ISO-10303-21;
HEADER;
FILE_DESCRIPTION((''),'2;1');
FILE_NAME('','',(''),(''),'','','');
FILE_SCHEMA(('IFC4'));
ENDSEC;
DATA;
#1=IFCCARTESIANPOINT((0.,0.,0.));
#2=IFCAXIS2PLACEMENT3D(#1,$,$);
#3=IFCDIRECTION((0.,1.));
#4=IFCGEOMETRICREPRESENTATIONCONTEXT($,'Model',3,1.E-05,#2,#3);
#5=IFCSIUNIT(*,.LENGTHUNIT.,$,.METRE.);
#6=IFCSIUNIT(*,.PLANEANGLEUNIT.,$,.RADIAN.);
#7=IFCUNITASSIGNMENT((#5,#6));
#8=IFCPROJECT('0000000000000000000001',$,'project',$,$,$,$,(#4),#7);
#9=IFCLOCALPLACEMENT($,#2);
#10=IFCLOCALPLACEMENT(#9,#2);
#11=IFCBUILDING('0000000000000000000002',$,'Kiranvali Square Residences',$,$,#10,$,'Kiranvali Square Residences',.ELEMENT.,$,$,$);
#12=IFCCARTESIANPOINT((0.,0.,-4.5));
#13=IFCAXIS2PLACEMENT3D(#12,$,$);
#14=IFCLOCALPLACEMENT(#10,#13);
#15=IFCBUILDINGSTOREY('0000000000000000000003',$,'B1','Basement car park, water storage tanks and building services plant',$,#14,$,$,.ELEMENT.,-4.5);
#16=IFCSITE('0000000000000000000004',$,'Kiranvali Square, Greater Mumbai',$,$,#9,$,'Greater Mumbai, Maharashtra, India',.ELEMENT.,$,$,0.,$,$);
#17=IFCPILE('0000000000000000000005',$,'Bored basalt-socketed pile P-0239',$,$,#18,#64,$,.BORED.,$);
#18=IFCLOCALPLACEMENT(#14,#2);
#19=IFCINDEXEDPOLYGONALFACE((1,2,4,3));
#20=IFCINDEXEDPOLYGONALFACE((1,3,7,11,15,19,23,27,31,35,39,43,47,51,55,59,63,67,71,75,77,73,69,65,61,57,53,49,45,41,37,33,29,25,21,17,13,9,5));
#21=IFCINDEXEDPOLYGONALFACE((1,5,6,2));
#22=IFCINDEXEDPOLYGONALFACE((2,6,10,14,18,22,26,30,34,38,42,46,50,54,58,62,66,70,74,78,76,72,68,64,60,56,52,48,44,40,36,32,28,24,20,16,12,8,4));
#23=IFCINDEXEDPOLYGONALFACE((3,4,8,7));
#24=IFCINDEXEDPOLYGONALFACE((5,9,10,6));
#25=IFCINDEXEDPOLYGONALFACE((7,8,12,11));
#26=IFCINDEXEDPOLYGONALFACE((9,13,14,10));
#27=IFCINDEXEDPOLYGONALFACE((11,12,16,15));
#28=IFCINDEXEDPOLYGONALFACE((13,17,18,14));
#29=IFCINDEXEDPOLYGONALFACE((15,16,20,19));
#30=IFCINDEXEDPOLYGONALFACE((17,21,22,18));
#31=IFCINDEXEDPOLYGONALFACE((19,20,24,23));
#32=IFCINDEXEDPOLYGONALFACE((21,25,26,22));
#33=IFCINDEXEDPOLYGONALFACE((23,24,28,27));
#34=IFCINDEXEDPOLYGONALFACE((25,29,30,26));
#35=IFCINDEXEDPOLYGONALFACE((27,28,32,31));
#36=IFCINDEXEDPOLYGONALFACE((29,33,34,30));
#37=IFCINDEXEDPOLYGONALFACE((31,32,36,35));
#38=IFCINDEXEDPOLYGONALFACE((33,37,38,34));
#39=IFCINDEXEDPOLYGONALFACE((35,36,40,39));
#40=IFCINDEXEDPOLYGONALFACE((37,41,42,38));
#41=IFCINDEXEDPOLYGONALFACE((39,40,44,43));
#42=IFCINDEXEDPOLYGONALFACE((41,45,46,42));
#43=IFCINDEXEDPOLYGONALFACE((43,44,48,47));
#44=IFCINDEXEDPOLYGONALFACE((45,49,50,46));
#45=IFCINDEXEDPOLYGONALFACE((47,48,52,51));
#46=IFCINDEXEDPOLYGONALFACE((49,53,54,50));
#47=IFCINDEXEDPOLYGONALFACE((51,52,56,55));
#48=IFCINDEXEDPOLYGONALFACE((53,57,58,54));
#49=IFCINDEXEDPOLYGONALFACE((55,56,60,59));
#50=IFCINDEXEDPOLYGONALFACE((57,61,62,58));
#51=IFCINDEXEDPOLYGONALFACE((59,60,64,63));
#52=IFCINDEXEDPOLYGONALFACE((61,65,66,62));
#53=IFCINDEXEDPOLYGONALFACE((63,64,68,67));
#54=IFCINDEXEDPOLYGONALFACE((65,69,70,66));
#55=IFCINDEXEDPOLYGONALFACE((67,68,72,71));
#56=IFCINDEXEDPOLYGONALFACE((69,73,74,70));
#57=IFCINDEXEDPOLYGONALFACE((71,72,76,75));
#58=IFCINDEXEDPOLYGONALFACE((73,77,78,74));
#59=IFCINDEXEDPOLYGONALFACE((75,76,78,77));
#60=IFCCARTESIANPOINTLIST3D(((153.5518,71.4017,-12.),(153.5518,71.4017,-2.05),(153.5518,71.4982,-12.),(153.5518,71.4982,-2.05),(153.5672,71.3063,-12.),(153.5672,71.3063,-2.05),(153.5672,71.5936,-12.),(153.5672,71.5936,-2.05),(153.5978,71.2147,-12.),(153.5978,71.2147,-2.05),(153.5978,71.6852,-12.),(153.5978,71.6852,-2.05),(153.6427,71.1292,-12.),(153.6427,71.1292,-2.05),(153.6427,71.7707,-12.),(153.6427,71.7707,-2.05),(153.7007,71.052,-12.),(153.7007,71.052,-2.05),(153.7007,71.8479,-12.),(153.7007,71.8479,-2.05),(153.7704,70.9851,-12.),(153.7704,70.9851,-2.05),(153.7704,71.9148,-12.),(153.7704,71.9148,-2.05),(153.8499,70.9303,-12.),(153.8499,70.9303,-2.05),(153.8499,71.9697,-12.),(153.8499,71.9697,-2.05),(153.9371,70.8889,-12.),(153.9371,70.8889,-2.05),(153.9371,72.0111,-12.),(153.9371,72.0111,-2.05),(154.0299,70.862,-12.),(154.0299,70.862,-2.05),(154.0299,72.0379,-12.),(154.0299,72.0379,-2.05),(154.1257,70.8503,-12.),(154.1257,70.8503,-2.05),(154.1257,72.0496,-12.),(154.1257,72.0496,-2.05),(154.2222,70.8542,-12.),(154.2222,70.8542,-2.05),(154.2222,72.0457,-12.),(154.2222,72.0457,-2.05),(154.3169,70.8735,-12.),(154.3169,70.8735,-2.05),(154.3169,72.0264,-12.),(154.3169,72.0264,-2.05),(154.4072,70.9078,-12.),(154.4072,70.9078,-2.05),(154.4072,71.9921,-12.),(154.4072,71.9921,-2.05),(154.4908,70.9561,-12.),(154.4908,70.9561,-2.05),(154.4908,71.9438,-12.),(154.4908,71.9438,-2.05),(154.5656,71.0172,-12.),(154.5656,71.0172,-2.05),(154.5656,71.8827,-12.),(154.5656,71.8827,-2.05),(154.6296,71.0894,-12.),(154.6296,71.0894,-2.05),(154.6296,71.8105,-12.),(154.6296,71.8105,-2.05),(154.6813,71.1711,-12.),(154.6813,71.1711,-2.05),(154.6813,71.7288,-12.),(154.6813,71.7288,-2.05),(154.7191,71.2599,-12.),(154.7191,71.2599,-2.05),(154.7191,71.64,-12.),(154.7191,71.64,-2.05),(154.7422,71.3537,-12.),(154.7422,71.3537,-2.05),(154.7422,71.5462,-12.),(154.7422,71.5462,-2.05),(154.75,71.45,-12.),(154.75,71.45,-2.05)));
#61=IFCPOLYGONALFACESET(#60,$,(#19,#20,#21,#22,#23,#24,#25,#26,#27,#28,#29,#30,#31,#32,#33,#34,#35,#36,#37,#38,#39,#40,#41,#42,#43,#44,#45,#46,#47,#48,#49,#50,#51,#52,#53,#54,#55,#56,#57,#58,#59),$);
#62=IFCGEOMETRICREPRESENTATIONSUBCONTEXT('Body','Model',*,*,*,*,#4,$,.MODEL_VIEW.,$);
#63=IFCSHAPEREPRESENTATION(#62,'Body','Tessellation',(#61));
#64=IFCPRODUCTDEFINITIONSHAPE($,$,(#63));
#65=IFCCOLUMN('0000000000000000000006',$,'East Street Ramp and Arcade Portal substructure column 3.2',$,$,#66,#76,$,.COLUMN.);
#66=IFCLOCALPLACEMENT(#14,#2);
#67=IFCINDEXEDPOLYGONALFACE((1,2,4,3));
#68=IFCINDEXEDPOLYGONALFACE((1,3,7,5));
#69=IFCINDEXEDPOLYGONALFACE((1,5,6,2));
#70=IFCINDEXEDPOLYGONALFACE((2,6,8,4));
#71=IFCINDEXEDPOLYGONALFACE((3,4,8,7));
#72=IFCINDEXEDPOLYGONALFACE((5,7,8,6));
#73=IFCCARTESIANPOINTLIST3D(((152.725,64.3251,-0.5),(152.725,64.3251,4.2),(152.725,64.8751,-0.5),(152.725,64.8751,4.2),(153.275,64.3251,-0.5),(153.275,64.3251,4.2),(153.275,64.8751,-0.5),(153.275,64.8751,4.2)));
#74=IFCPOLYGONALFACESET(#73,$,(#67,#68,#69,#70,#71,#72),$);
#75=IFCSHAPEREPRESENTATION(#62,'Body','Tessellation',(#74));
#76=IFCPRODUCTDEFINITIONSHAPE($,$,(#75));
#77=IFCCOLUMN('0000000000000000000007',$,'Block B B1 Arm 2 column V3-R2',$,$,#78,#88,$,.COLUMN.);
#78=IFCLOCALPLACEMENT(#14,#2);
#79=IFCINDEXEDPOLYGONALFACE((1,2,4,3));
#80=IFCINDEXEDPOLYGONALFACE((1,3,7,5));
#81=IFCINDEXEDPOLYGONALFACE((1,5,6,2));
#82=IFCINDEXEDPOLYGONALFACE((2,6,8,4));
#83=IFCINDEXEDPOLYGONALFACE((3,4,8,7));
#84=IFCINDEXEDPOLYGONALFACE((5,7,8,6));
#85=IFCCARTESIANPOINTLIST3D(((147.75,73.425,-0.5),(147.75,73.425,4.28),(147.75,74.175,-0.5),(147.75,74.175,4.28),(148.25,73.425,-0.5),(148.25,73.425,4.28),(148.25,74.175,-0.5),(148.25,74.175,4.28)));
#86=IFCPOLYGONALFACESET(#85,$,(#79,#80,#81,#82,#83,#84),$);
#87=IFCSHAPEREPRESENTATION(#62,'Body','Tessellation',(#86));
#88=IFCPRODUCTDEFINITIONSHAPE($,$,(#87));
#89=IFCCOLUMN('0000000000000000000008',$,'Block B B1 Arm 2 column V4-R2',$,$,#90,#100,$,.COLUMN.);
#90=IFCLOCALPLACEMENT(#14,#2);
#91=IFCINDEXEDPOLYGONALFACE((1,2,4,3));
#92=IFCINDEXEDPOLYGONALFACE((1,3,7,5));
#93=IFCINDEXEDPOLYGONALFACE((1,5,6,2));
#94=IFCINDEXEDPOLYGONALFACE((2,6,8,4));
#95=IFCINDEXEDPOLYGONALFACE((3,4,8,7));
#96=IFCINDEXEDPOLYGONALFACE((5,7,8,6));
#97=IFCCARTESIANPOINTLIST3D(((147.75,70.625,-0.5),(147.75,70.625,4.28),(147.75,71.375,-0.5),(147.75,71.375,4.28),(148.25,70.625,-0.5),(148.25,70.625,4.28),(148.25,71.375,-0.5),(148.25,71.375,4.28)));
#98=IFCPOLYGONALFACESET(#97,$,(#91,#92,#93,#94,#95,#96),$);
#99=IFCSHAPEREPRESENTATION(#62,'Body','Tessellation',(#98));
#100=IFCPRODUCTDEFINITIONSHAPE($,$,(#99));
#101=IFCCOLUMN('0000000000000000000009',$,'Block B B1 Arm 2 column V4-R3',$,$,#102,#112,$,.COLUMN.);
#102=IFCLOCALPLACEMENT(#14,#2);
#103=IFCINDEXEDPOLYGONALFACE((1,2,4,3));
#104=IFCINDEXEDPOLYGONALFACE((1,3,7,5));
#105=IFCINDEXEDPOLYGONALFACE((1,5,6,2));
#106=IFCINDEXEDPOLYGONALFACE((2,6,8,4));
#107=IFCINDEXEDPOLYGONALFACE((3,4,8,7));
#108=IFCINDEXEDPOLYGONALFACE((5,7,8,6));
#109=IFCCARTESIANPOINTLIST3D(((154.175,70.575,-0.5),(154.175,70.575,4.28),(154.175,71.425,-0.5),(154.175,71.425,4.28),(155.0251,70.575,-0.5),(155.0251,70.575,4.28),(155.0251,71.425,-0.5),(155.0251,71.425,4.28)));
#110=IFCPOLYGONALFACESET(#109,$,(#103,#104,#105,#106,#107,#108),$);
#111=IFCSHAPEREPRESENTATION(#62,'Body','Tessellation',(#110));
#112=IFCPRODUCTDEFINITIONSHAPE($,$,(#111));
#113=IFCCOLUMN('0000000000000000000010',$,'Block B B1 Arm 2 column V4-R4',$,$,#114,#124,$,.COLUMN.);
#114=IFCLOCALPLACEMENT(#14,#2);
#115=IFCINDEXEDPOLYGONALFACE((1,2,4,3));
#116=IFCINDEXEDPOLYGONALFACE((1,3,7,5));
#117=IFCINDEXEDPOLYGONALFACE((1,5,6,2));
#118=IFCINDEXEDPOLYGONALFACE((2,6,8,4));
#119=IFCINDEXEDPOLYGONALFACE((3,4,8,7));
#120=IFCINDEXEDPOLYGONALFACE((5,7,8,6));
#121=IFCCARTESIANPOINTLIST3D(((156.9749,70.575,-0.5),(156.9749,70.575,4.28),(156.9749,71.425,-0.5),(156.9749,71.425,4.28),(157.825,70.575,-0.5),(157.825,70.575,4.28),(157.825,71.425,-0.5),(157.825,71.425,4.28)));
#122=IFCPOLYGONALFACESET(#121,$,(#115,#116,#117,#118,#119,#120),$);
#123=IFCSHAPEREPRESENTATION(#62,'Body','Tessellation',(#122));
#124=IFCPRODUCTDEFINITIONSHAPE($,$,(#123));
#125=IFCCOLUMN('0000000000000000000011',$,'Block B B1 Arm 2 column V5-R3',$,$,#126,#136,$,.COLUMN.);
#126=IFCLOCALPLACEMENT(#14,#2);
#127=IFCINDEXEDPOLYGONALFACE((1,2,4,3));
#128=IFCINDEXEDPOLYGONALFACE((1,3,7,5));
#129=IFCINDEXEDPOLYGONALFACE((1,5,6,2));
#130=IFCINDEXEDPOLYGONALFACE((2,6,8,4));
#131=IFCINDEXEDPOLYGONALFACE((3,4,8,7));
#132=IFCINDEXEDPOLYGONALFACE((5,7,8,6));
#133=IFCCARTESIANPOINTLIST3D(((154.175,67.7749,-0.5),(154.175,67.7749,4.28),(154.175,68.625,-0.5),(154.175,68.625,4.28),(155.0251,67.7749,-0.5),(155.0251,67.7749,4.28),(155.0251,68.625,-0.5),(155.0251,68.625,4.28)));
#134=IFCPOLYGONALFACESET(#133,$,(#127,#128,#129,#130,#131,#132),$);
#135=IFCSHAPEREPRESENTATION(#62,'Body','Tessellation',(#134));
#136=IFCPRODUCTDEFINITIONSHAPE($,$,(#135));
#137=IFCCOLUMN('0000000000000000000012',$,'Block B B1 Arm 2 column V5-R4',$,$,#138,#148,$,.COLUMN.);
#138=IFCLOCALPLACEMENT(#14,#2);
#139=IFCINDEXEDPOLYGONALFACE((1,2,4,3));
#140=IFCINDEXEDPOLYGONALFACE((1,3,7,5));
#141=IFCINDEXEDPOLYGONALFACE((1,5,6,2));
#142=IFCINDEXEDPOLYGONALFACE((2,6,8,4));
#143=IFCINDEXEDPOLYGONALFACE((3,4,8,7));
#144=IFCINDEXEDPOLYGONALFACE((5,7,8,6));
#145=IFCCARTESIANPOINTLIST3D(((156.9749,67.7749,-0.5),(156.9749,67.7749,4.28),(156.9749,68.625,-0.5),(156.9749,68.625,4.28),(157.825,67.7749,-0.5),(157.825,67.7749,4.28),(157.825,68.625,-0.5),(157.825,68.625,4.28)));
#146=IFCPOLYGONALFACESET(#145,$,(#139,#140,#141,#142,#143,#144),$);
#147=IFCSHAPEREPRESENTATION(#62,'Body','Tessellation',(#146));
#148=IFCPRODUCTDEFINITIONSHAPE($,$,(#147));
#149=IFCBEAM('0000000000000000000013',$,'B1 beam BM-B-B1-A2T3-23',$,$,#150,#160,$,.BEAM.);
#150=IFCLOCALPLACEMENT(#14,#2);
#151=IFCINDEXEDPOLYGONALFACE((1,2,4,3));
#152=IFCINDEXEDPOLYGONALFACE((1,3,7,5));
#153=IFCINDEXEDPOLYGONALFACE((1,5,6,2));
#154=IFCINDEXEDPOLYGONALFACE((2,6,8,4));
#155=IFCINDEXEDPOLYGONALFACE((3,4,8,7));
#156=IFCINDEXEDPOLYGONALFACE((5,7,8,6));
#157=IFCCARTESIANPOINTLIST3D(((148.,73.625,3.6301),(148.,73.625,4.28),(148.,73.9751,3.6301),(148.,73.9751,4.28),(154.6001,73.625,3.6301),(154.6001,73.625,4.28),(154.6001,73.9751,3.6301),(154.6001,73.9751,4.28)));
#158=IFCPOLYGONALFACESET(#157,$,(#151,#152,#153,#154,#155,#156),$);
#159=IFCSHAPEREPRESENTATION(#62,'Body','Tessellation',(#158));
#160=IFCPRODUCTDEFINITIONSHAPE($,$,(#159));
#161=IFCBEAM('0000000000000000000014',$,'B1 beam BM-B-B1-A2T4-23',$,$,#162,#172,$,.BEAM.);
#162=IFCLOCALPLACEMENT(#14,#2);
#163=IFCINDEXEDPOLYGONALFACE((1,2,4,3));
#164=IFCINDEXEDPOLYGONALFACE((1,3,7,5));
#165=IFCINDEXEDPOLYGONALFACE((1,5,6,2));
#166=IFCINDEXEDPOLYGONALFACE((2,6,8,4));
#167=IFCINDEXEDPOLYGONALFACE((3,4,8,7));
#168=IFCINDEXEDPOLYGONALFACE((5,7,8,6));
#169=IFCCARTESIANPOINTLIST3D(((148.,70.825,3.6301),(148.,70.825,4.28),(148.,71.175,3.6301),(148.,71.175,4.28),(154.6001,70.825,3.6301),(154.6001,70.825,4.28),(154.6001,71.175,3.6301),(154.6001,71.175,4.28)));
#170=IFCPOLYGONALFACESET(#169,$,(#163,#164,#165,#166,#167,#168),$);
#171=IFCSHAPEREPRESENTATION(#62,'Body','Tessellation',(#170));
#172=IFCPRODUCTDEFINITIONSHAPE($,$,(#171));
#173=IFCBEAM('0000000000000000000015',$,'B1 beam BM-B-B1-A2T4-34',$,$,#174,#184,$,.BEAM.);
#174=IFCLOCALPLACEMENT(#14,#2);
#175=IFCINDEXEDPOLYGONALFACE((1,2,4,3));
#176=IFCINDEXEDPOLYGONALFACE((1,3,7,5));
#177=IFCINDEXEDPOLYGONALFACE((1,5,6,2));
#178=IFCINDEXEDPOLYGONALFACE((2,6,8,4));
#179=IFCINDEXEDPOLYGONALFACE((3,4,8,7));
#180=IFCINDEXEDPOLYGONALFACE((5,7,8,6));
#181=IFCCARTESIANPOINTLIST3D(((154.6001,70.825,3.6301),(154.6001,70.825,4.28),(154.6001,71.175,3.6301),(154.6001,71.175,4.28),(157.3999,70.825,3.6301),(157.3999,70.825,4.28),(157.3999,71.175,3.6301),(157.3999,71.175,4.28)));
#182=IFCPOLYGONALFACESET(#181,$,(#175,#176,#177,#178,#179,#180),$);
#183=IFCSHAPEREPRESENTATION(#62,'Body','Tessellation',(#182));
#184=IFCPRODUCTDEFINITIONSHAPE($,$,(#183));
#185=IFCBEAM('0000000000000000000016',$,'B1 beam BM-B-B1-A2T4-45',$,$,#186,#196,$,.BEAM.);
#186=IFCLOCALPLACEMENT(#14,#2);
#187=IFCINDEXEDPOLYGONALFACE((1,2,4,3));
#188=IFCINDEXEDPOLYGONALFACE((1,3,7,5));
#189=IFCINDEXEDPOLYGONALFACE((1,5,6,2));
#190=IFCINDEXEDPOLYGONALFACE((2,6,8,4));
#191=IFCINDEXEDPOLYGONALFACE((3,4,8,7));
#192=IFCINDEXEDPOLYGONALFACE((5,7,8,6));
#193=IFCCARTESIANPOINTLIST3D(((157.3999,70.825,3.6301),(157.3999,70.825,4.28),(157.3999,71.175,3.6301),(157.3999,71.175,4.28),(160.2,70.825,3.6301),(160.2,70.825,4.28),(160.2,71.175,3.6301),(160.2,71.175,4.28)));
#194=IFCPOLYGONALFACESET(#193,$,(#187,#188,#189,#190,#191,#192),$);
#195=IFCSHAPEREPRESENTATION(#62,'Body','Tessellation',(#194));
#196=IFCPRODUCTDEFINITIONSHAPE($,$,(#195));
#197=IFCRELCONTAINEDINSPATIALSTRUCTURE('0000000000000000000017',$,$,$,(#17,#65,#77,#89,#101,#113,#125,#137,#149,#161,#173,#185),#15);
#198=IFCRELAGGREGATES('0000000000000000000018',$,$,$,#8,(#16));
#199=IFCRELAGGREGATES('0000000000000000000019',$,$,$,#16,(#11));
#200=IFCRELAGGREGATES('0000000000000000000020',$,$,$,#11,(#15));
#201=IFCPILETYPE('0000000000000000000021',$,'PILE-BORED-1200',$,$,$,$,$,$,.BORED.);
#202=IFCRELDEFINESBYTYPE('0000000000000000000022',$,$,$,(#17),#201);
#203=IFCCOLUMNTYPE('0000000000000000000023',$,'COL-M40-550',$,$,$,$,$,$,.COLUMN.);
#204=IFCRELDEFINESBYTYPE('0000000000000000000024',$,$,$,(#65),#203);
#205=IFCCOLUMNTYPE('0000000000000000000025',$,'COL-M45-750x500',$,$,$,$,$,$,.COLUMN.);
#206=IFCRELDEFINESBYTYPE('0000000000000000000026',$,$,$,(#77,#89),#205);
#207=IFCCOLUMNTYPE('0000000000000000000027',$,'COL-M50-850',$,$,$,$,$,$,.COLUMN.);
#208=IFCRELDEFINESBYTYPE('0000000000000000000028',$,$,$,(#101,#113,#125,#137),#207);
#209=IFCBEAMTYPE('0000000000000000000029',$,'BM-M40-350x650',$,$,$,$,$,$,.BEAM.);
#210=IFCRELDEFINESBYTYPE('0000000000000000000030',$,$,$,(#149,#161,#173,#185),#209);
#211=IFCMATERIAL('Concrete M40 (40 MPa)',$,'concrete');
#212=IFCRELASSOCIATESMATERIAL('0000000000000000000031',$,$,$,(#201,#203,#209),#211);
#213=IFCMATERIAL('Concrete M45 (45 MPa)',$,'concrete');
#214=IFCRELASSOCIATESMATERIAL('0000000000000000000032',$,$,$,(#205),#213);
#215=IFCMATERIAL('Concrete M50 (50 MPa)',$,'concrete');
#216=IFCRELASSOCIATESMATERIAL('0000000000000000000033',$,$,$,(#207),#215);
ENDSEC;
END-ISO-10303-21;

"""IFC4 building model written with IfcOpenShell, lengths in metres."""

from ifc_helpers import new_model, si_unit, direction, frame, origin, origin_2d, place, context, subcontext, project, spatial, rectangle, circle, extrude, material, material_profile, profile_set, type_object, element, save


model = new_model("IFC4")

# Units and contexts
model_context = context("Model", 3, precision=1e-05, world=origin(), true_north=direction((0.0, 1.0)))
body_context = subcontext(model_context, "Body", "Model", "MODEL_VIEW")
ifc_project = project(units=[si_unit("LENGTHUNIT", "METRE"), si_unit("PLANEANGLEUNIT", "RADIAN")], contexts=[model_context])

# Site, building, storey
site_placement = place(None, origin())
site = spatial("IfcSite", under=ifc_project, at=site_placement, Name="Kiranvali Square, Greater Mumbai", LongName="Greater Mumbai, Maharashtra, India", CompositionType="ELEMENT", RefElevation=0.0)
building_placement = place(site_placement, origin())
building = spatial("IfcBuilding", under=site, at=building_placement, Name="Kiranvali Square Residences", LongName="Kiranvali Square Residences", CompositionType="ELEMENT")
storey_placement = place(building_placement, frame((0.0, 0.0, -4.5)))
storey = spatial("IfcBuildingStorey", under=building, at=storey_placement, Name="B1", Description="Basement car park, water storage tanks and building services plant", CompositionType="ELEMENT", Elevation=-4.5)

# Shared definitions
ifc_material_1 = material(Name="Concrete M40 (40 MPa)", Category="concrete")

# Pile
ifc_material_profile_1 = material_profile(ifc_material_1, circle(Radius=0.6001, at=origin_2d()), Name="BORED PILE 1200")
ifc_profile_set_1 = profile_set([ifc_material_profile_1], Name="Concrete M40 (40 MPa)")
pile_type = type_object("IfcPileType", Name="PILE-BORED-1200", PredefinedType="BORED", material=ifc_profile_set_1)
for number, where, z_axis, x_axis, name in (
    (1, (154.1499, 71.45, -2.05), (0.0, 0.0, -1.0), (1.0, 0.0, 0.0), "Bored basalt-socketed pile P-0239"),
):
    element("IfcPile", number, at=place(storey_placement, frame(where, z_axis=z_axis, x_axis=x_axis)), inside=storey, type_object=pile_type, Name=name, PredefinedType="BORED", context=body_context, shape_type="SweptSolid", body=[
        extrude(circle(Radius=0.6001, at=origin_2d()), origin(), (0.0, 0.0, 1.0), 9.95),
    ])

# Columns
ifc_material_profile_2 = material_profile(ifc_material_1, rectangle(XDim=0.55, YDim=0.55, at=origin_2d()), Name="RC 550x550")
ifc_profile_set_2 = profile_set([ifc_material_profile_2], Name="Concrete M40 (40 MPa)")
column_type_1 = type_object("IfcColumnType", Name="COL-M40-550", PredefinedType="COLUMN", material=ifc_profile_set_2)
column_placement = place(storey_placement, frame((153.0, 64.6001, -0.5), z_axis=(0.0, 0.0, 1.0), x_axis=(1.0, 0.0, 0.0)))
element("IfcColumn", 2, at=column_placement, inside=storey, type_object=column_type_1, Name="East Street Ramp and Arcade Portal substructure column 3.2", PredefinedType="COLUMN", context=body_context, shape_type="SweptSolid", body=[
    extrude(rectangle(XDim=0.55, YDim=0.55, at=origin_2d()), origin(), (0.0, 0.0, 1.0), 4.7),
])
ifc_material_2 = material(Name="Concrete M45 (45 MPa)", Category="concrete")
ifc_material_profile_3 = material_profile(ifc_material_2, rectangle(XDim=0.5, YDim=0.75, at=origin_2d()), Name="RC 750x500")
ifc_profile_set_3 = profile_set([ifc_material_profile_3], Name="Concrete M45 (45 MPa)")
column_type_2 = type_object("IfcColumnType", Name="COL-M45-750x500", PredefinedType="COLUMN", material=ifc_profile_set_3)
for number, where, z_axis, x_axis, name in (
    (3, (148.0, 73.8, -0.5), (0.0, 0.0, 1.0), (1.0, 0.0, 0.0), "Block B B1 Arm 2 column V3-R2"),
    (4, (148.0, 71.0, -0.5), (0.0, 0.0, 1.0), (1.0, 0.0, 0.0), "Block B B1 Arm 2 column V4-R2"),
):
    element("IfcColumn", number, at=place(storey_placement, frame(where, z_axis=z_axis, x_axis=x_axis)), inside=storey, type_object=column_type_2, Name=name, PredefinedType="COLUMN", context=body_context, shape_type="SweptSolid", body=[
        extrude(rectangle(XDim=0.5, YDim=0.75, at=origin_2d()), origin(), (0.0, 0.0, 1.0), 4.78),
    ])
ifc_material_3 = material(Name="Concrete M50 (50 MPa)", Category="concrete")
ifc_material_profile_4 = material_profile(ifc_material_3, rectangle(XDim=0.8501, YDim=0.8501, at=origin_2d()), Name="RC 850x850")
ifc_profile_set_4 = profile_set([ifc_material_profile_4], Name="Concrete M50 (50 MPa)")
column_type_3 = type_object("IfcColumnType", Name="COL-M50-850", PredefinedType="COLUMN", material=ifc_profile_set_4)
for number, where, z_axis, x_axis, name in (
    (5, (154.6001, 71.0, -0.5), (0.0, 0.0, 1.0), (1.0, 0.0, 0.0), "Block B B1 Arm 2 column V4-R3"),
    (6, (157.3999, 71.0, -0.5), (0.0, 0.0, 1.0), (1.0, 0.0, 0.0), "Block B B1 Arm 2 column V4-R4"),
    (7, (154.6001, 68.2, -0.5), (0.0, 0.0, 1.0), (1.0, 0.0, 0.0), "Block B B1 Arm 2 column V5-R3"),
    (8, (157.3999, 68.2, -0.5), (0.0, 0.0, 1.0), (1.0, 0.0, 0.0), "Block B B1 Arm 2 column V5-R4"),
):
    element("IfcColumn", number, at=place(storey_placement, frame(where, z_axis=z_axis, x_axis=x_axis)), inside=storey, type_object=column_type_3, Name=name, PredefinedType="COLUMN", context=body_context, shape_type="SweptSolid", body=[
        extrude(rectangle(XDim=0.8501, YDim=0.8501, at=origin_2d()), origin(), (0.0, 0.0, 1.0), 4.78),
    ])

# Beams
ifc_material_profile_5 = material_profile(ifc_material_1, rectangle(XDim=0.3501, YDim=0.6499, at=origin_2d()), Name="RC 350x650")
ifc_profile_set_5 = profile_set([ifc_material_profile_5], Name="Concrete M40 (40 MPa)")
beam_type_1 = type_object("IfcBeamType", Name="BM-M40-350x650", PredefinedType="BEAM", material=ifc_profile_set_5)
for number, where, z_axis, x_axis, name in (
    (9, (148.0, 73.8, 3.9551), (1.0, 0.0, 0.0), (0.0, 1.0, 0.0), "B1 beam BM-B-B1-A2T3-23"),
    (10, (148.0, 71.0, 3.9551), (1.0, 0.0, 0.0), (0.0, 1.0, 0.0), "B1 beam BM-B-B1-A2T4-23"),
):
    element("IfcBeam", number, at=place(storey_placement, frame(where, z_axis=z_axis, x_axis=x_axis)), inside=storey, type_object=beam_type_1, Name=name, PredefinedType="BEAM", context=body_context, shape_type="SweptSolid", body=[
        extrude(rectangle(XDim=0.3501, YDim=0.6499, at=origin_2d()), origin(), (0.0, 0.0, 1.0), 6.6001),
    ])
beam_1_placement = place(storey_placement, frame((154.6001, 71.0, 3.9551), z_axis=(1.0, 0.0, 0.0), x_axis=(0.0, 1.0, 0.0)))
element("IfcBeam", 11, at=beam_1_placement, inside=storey, type_object=beam_type_1, Name="B1 beam BM-B-B1-A2T4-34", PredefinedType="BEAM", context=body_context, shape_type="SweptSolid", body=[
    extrude(rectangle(XDim=0.3501, YDim=0.6499, at=origin_2d()), origin(), (0.0, 0.0, 1.0), 2.7998),
])
beam_2_placement = place(storey_placement, frame((157.3999, 71.0, 3.9551), z_axis=(1.0, 0.0, 0.0), x_axis=(0.0, 1.0, 0.0)))
element("IfcBeam", 12, at=beam_2_placement, inside=storey, type_object=beam_type_1, Name="B1 beam BM-B-B1-A2T4-45", PredefinedType="BEAM", context=body_context, shape_type="SweptSolid", body=[
    extrude(rectangle(XDim=0.3501, YDim=0.6499, at=origin_2d()), origin(), (0.0, 0.0, 1.0), 2.8),
])

save(model, "model.ifc")
